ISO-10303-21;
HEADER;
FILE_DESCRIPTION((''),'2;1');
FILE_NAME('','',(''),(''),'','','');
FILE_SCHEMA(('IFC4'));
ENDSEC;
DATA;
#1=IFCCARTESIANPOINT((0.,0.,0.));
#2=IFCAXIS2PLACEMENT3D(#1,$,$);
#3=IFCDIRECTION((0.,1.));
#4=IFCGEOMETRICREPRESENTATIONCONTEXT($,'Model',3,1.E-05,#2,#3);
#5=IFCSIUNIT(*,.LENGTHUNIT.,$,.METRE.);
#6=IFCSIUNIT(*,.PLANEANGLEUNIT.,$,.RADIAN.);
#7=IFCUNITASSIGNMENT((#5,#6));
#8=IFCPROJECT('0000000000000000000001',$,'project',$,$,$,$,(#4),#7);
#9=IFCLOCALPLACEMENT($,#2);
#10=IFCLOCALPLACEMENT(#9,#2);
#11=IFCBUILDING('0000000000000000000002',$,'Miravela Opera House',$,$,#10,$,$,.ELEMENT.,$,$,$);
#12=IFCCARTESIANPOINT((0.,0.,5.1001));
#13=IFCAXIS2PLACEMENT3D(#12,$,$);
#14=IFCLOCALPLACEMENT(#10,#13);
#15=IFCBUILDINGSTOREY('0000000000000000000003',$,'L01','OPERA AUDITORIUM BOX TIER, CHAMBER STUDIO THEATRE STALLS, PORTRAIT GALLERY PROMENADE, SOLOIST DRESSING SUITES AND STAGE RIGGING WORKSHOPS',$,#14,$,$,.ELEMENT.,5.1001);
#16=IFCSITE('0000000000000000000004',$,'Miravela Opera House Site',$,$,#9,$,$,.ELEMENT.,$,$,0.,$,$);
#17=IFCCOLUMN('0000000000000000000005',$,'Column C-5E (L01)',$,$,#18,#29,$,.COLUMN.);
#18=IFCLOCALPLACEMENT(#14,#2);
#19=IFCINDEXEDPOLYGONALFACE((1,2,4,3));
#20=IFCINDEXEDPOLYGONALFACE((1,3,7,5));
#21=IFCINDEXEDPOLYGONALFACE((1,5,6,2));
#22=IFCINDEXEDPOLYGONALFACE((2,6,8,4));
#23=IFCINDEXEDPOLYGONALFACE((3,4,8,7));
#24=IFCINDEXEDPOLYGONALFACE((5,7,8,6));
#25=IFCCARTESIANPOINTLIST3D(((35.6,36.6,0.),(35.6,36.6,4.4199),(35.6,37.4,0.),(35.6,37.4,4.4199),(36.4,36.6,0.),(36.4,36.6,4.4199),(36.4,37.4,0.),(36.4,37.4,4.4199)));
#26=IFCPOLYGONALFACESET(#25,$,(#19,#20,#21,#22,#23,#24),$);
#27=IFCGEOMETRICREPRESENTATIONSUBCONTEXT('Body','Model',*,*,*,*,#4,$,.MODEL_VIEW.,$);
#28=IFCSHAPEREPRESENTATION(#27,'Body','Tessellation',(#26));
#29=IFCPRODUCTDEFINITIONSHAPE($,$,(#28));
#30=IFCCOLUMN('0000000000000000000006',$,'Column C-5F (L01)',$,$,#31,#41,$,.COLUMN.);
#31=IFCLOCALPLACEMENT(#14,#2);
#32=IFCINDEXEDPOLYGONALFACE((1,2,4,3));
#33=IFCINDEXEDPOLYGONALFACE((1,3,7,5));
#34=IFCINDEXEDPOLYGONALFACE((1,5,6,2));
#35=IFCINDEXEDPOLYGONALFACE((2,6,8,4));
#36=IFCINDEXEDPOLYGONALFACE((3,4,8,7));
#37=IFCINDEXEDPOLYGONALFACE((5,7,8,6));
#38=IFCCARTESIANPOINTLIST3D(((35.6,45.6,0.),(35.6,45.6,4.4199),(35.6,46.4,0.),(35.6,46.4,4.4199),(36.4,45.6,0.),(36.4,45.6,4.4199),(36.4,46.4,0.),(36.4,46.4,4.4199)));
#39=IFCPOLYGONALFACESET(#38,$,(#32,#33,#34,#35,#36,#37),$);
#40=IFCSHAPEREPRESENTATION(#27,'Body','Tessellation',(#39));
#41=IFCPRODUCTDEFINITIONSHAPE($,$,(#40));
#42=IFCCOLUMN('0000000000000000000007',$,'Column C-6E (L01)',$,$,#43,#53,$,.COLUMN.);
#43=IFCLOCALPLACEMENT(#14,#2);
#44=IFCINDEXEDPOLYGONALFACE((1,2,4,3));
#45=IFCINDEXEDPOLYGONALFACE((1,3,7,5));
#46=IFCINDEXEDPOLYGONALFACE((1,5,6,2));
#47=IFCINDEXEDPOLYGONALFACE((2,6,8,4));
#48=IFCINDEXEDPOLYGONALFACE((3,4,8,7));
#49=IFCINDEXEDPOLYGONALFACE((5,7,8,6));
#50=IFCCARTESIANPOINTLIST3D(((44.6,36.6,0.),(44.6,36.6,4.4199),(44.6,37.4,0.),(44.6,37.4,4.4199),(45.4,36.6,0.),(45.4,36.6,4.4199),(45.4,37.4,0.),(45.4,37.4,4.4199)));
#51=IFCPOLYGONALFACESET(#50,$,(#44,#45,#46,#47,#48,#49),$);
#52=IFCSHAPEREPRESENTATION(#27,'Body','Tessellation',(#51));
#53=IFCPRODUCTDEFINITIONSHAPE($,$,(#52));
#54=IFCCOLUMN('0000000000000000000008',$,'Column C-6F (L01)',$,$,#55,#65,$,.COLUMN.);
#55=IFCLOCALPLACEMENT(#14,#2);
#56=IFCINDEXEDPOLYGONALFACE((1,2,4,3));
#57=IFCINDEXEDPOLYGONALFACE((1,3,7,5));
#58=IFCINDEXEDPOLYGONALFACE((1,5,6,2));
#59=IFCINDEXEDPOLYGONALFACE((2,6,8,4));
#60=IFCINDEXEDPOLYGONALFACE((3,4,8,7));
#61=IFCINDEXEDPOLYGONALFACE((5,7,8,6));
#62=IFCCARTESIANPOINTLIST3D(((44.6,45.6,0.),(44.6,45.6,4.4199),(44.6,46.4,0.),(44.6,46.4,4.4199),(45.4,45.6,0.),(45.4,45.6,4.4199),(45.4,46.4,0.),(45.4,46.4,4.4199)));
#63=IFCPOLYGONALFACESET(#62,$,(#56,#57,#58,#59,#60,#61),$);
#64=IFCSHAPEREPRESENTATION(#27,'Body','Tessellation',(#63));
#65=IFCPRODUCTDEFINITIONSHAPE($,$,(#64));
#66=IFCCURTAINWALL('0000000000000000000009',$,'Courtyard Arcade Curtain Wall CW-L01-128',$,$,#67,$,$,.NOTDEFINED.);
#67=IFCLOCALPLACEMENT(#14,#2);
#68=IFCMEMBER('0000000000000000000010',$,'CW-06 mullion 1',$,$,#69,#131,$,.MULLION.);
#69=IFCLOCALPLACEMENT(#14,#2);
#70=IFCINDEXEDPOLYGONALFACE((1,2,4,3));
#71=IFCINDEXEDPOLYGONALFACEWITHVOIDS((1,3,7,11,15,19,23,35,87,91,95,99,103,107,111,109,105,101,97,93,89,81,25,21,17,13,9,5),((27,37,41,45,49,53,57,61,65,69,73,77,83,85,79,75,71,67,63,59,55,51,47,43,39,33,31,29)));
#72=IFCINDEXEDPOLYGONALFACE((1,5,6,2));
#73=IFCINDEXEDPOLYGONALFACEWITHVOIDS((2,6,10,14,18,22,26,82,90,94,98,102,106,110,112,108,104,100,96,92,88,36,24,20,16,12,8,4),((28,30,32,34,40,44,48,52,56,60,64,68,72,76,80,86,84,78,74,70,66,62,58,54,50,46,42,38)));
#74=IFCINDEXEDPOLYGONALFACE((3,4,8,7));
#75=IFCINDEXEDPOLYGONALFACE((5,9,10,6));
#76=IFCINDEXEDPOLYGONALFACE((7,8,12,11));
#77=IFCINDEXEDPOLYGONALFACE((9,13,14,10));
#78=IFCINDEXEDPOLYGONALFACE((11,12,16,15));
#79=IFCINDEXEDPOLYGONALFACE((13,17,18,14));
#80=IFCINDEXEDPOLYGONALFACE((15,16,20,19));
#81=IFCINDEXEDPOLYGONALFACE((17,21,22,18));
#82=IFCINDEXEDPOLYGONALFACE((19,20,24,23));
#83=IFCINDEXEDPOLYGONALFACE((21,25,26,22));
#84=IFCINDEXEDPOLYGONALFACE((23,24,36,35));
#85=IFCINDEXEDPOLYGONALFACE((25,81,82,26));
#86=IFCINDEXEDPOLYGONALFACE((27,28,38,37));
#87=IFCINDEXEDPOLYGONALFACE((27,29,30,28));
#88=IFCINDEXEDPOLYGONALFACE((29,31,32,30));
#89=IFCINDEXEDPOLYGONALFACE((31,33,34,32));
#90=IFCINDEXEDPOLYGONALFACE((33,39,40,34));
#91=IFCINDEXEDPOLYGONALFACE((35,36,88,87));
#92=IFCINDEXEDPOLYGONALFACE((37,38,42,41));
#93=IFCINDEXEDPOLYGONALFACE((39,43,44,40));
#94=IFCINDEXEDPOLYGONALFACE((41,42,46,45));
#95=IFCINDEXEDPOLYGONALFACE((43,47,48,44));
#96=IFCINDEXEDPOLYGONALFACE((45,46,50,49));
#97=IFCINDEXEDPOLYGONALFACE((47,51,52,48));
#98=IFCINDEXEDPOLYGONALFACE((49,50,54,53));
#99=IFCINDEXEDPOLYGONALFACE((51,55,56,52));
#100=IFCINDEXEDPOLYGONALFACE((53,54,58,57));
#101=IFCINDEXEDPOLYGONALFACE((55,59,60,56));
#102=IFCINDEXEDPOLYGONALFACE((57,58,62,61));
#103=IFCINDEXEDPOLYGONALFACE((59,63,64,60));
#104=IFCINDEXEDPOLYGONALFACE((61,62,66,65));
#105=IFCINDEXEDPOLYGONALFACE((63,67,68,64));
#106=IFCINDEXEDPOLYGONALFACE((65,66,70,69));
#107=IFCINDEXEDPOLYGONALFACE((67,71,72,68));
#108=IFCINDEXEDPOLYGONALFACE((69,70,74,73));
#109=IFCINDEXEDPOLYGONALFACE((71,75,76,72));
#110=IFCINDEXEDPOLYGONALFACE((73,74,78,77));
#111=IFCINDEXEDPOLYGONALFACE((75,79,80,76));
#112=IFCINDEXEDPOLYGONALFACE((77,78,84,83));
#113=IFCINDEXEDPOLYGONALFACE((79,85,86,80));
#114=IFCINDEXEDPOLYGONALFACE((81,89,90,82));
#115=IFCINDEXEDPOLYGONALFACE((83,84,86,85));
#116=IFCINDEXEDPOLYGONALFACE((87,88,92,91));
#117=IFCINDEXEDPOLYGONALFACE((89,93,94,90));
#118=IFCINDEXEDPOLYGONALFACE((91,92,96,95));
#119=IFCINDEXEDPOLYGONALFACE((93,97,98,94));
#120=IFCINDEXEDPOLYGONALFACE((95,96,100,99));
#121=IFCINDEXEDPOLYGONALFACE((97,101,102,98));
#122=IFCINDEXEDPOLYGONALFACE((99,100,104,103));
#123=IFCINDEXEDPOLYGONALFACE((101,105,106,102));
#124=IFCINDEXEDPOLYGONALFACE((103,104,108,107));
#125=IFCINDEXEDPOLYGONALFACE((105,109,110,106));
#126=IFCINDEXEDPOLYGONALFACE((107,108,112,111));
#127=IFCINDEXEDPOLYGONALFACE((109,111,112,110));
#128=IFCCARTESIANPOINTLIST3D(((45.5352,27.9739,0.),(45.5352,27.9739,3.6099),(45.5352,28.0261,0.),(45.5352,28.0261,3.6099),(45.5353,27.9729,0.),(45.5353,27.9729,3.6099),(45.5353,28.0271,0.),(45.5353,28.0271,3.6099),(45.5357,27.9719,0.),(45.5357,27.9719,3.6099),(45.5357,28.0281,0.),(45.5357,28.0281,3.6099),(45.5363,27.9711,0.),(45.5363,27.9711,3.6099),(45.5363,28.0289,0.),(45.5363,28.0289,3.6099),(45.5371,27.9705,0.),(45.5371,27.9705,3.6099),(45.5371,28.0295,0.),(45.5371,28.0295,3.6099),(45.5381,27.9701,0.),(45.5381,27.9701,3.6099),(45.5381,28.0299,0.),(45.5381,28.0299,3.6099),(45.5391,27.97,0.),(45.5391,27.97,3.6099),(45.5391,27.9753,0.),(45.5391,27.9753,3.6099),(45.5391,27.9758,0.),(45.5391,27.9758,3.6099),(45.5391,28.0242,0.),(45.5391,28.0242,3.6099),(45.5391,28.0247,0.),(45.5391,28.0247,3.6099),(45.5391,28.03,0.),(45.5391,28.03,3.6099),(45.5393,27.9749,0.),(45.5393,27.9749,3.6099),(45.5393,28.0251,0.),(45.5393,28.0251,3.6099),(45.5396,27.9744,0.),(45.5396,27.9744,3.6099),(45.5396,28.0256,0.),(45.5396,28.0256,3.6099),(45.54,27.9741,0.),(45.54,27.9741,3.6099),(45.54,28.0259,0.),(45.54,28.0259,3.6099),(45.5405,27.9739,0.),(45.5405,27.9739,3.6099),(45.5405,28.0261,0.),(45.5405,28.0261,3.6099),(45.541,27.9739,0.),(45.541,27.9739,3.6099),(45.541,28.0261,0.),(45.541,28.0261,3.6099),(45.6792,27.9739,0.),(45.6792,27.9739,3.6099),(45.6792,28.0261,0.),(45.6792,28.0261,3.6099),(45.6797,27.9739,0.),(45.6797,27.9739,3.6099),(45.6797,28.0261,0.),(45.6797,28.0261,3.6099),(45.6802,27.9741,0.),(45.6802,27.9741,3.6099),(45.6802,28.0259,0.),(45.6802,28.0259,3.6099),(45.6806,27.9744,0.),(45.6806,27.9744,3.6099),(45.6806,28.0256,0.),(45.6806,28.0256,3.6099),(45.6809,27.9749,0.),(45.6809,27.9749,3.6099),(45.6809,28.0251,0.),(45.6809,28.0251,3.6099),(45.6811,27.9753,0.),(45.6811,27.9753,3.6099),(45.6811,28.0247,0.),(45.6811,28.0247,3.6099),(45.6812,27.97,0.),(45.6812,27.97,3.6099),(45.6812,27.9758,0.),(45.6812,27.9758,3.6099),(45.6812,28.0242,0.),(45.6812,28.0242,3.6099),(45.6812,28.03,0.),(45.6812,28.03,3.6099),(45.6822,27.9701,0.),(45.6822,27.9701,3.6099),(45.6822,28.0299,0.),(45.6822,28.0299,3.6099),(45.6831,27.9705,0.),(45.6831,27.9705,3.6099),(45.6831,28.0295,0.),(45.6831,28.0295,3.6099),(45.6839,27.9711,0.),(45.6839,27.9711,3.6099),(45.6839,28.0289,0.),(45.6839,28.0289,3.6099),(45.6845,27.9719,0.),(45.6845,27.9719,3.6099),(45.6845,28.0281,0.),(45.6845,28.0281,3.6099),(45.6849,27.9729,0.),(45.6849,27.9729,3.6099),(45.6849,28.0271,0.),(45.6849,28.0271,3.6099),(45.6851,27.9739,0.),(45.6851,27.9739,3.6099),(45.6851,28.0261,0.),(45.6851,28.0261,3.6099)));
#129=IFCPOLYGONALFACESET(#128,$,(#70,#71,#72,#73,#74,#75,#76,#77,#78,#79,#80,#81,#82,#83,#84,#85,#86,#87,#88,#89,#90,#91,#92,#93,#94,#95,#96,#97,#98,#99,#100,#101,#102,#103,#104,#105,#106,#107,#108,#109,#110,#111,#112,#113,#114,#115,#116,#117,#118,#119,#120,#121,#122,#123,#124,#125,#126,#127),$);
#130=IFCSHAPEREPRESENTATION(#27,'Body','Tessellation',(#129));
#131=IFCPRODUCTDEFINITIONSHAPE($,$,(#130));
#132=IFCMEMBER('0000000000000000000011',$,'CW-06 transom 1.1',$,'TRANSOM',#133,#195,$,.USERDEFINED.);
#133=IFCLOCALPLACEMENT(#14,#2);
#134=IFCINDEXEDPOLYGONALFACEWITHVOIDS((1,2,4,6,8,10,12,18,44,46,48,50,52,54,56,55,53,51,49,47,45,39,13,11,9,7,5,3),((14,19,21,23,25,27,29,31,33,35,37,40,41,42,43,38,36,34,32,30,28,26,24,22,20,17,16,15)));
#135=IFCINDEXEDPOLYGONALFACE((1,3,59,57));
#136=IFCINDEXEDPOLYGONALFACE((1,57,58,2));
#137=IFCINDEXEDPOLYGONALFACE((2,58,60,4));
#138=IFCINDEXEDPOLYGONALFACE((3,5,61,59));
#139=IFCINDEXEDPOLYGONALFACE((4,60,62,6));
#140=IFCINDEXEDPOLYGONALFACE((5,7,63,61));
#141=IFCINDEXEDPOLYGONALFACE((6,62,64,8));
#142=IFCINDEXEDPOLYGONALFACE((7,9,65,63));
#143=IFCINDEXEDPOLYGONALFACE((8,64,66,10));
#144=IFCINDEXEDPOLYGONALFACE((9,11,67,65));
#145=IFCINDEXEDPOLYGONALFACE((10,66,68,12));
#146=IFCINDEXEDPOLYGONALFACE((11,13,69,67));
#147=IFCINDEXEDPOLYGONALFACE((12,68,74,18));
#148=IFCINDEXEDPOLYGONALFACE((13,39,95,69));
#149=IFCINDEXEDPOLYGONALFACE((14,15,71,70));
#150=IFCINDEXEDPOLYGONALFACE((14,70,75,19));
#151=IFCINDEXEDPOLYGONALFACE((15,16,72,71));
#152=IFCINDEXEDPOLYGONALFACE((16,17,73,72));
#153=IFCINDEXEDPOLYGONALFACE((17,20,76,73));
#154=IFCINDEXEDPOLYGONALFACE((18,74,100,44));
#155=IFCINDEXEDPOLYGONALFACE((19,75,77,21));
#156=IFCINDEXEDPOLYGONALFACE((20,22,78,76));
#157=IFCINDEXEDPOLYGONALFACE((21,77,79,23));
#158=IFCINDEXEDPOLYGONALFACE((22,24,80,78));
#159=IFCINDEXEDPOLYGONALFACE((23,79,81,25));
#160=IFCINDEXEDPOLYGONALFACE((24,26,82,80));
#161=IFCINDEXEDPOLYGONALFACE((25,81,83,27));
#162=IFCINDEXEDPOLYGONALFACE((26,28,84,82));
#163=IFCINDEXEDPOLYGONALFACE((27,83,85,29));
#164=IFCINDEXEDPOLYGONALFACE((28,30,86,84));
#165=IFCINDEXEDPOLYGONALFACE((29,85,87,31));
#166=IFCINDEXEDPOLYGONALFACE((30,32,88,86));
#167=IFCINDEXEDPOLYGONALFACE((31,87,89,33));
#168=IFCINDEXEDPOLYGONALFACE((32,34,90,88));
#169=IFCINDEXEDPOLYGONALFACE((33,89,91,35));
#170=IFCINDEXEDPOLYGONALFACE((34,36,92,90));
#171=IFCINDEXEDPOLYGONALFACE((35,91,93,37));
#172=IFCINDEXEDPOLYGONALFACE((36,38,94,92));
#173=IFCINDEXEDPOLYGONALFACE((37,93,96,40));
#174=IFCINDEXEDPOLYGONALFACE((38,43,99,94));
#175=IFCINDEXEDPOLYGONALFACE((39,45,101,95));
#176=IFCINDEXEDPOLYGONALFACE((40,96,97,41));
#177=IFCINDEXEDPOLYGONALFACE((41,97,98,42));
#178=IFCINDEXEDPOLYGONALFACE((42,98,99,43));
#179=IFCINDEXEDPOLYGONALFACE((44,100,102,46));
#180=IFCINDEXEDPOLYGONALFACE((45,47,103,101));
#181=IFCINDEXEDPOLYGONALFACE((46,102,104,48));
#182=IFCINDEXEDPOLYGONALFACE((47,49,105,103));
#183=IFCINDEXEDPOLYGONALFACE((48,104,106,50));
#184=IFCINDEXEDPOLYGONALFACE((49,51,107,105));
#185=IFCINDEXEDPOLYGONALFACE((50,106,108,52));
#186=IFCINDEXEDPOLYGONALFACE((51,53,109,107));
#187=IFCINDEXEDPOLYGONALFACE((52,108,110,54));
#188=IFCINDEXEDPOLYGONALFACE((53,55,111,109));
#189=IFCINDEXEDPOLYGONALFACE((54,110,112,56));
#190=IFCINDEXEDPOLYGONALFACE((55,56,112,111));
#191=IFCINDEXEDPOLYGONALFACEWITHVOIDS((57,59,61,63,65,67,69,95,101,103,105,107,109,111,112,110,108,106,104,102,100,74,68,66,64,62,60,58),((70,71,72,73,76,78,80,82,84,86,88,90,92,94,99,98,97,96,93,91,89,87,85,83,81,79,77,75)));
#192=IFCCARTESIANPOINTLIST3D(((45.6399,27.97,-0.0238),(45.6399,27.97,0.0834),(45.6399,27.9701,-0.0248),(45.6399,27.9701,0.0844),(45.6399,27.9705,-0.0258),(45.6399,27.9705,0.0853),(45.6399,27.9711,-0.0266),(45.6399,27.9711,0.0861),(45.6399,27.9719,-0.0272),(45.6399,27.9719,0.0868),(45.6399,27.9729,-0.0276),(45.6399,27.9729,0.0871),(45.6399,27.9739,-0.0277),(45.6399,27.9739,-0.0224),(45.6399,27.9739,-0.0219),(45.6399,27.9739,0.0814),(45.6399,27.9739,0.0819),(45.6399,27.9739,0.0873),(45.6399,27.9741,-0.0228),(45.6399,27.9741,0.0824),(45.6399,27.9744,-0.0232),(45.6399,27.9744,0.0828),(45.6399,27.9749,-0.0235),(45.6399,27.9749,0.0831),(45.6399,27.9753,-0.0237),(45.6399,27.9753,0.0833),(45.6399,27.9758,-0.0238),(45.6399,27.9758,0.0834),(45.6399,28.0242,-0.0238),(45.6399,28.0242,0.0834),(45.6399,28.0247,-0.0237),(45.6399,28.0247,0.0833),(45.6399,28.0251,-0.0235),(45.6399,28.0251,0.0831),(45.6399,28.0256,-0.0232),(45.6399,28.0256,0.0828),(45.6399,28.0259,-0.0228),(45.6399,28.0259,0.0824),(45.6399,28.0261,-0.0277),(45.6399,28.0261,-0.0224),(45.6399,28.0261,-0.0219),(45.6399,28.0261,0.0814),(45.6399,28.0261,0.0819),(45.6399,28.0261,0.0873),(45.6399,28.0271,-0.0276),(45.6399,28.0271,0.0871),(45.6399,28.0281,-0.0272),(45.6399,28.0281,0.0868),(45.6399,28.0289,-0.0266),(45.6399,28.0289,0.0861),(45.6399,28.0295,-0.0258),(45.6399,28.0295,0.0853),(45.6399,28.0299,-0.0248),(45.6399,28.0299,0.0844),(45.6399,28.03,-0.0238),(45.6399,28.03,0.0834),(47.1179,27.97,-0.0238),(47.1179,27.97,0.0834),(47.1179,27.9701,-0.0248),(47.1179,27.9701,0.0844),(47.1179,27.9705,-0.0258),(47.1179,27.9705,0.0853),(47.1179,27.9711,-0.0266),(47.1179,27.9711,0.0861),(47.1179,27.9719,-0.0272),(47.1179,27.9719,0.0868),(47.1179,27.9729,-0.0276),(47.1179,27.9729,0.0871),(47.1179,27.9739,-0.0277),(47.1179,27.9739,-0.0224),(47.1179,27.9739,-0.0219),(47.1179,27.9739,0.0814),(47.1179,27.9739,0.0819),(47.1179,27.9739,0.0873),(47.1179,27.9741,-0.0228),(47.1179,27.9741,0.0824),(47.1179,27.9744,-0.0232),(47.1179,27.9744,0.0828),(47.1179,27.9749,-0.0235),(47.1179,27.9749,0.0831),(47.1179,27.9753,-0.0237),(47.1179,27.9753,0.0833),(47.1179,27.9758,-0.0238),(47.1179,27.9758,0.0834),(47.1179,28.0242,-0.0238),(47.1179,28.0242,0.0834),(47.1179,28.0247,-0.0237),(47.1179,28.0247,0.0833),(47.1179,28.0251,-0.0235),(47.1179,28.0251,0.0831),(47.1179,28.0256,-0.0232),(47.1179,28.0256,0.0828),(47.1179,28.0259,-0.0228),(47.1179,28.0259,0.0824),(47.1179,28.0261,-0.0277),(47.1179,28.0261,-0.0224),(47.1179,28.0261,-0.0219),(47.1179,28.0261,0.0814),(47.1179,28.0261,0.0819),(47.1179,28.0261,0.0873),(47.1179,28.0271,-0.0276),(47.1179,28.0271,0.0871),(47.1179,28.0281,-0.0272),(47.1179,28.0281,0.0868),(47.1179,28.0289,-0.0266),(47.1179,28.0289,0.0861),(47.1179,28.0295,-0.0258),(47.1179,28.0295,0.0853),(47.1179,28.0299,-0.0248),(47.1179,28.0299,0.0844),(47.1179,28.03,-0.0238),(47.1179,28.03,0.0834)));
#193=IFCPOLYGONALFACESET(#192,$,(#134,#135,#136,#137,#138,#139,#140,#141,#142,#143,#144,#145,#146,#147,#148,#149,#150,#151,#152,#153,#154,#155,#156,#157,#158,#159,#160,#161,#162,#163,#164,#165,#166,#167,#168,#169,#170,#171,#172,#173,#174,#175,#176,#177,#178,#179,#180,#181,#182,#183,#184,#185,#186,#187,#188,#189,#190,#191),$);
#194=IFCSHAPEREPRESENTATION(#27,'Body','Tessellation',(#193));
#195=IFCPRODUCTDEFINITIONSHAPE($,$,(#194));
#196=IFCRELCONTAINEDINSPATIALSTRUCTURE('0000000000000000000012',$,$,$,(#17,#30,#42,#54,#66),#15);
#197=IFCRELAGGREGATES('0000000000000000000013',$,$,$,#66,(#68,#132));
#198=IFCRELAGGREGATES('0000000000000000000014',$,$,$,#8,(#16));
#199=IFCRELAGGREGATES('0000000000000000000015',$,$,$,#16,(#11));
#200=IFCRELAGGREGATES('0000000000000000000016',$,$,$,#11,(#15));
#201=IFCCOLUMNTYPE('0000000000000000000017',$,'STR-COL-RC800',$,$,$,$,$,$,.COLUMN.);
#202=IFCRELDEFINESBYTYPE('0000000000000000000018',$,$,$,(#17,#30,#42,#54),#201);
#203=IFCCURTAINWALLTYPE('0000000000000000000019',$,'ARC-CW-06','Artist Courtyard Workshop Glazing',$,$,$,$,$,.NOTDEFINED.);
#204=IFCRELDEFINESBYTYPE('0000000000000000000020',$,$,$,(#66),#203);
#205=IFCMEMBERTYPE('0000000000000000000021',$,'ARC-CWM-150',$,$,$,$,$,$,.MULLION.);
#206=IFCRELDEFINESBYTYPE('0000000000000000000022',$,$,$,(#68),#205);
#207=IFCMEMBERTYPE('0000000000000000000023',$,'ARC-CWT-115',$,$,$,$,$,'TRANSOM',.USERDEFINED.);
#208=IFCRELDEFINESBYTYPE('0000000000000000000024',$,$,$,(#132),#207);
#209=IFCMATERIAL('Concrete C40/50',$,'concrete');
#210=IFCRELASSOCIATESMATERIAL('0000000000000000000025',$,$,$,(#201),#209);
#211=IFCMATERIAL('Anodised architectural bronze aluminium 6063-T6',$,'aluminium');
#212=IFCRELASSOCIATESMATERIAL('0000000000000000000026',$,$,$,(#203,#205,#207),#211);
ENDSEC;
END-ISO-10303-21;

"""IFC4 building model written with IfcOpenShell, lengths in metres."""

from ifc_helpers import new_model, si_unit, direction, frame, origin, origin_2d, place, context, subcontext, project, spatial, rectangle, hollow_rectangle, extrude, material, material_profile, profile_set, type_object, element, aggregate, save


model = new_model("IFC4")

# Units and contexts
model_context = context("Model", 3, precision=1e-05, world=origin(), true_north=direction((0.0, 1.0)))
body_context = subcontext(model_context, "Body", "Model", "MODEL_VIEW")
ifc_project = project(units=[si_unit("LENGTHUNIT", "METRE"), si_unit("PLANEANGLEUNIT", "RADIAN")], contexts=[model_context])

# Site, building, storey
site_placement = place(None, origin())
site = spatial("IfcSite", under=ifc_project, at=site_placement, Name="Miravela Opera House Site", CompositionType="ELEMENT", RefElevation=0.0)
building_placement = place(site_placement, origin())
building = spatial("IfcBuilding", under=site, at=building_placement, Name="Miravela Opera House", CompositionType="ELEMENT")
storey_placement = place(building_placement, frame((0.0, 0.0, 5.1001)))
storey = spatial("IfcBuildingStorey", under=building, at=storey_placement, Name="L01", Description="OPERA AUDITORIUM BOX TIER, CHAMBER STUDIO THEATRE STALLS, PORTRAIT GALLERY PROMENADE, SOLOIST DRESSING SUITES AND STAGE RIGGING WORKSHOPS", CompositionType="ELEMENT", Elevation=5.1001)

# Columns
ifc_material_1 = material(Name="Concrete C40/50", Category="concrete")
ifc_material_profile_1 = material_profile(ifc_material_1, rectangle(XDim=0.8, YDim=0.8, at=origin_2d()), Name="RC-COL-800X800")
ifc_profile_set_1 = profile_set([ifc_material_profile_1])
column_type = type_object("IfcColumnType", Name="STR-COL-RC800", PredefinedType="COLUMN", material=ifc_profile_set_1)
for number, where, z_axis, x_axis, name in (
    (1, (36.0, 37.0, 0.0), (0.0, 0.0, 1.0), (1.0, 0.0, 0.0), "Column C-5E (L01)"),
    (2, (36.0, 46.0, 0.0), (0.0, 0.0, 1.0), (1.0, 0.0, 0.0), "Column C-5F (L01)"),
    (3, (45.0, 37.0, 0.0), (0.0, 0.0, 1.0), (1.0, 0.0, 0.0), "Column C-6E (L01)"),
    (4, (45.0, 46.0, 0.0), (0.0, 0.0, 1.0), (1.0, 0.0, 0.0), "Column C-6F (L01)"),
):
    element("IfcColumn", number, at=place(storey_placement, frame(where, z_axis=z_axis, x_axis=x_axis)), inside=storey, type_object=column_type, Name=name, PredefinedType="COLUMN", context=body_context, shape_type="SweptSolid", body=[
        extrude(rectangle(XDim=0.8, YDim=0.8, at=origin_2d()), origin(), (0.0, 0.0, 1.0), 4.4199),
    ])

# Curtain wall, members
ifc_material_2 = material(Name="Anodised architectural bronze aluminium 6063-T6", Category="aluminium")
curtain_wall_type = type_object("IfcCurtainWallType", Name="ARC-CW-06", Description="Artist Courtyard Workshop Glazing", PredefinedType="NOTDEFINED", material=ifc_material_2)
curtain_wall_placement = place(storey_placement, origin())
curtain_wall = element("IfcCurtainWall", 5, at=curtain_wall_placement, inside=storey, type_object=curtain_wall_type, Name="Courtyard Arcade Curtain Wall CW-L01-128", PredefinedType="NOTDEFINED")
ifc_material_profile_2 = material_profile(ifc_material_2, hollow_rectangle(XDim=0.0601, YDim=0.1499, WallThickness=0.0039, InnerFilletRadius=0.002, OuterFilletRadius=0.0039, at=origin_2d()), Name="CWM-60X150")
ifc_profile_set_2 = profile_set([ifc_material_profile_2])
member_type_1 = type_object("IfcMemberType", Name="ARC-CWM-150", PredefinedType="MULLION", material=ifc_profile_set_2)
member_1_placement = place(storey_placement, frame((45.6101, 28.0, 0.0), z_axis=(0.0, 0.0, 1.0), x_axis=(0.0, 1.0, 0.0)))
member_1 = element("IfcMember", 6, at=member_1_placement, type_object=member_type_1, Name="CW-06 mullion 1", PredefinedType="MULLION", context=body_context, shape_type="SweptSolid", body=[
    extrude(hollow_rectangle(XDim=0.0601, YDim=0.1499, WallThickness=0.0039, InnerFilletRadius=0.002, OuterFilletRadius=0.0039, at=origin_2d()), origin(), (0.0, 0.0, 1.0), 3.6099),
])
ifc_material_profile_3 = material_profile(ifc_material_2, hollow_rectangle(XDim=0.0601, YDim=0.115, WallThickness=0.0039, InnerFilletRadius=0.002, OuterFilletRadius=0.0039, at=origin_2d()), Name="CWT-60X115")
ifc_profile_set_3 = profile_set([ifc_material_profile_3])
member_type_2 = type_object("IfcMemberType", Name="ARC-CWT-115", ElementType="TRANSOM", PredefinedType="USERDEFINED", material=ifc_profile_set_3)
member_2_placement = place(storey_placement, frame((45.6399, 28.0, 0.0298), z_axis=(1.0, 0.0, 0.0), x_axis=(0.0, 1.0, 0.0)))
member_2 = element("IfcMember", 7, at=member_2_placement, type_object=member_type_2, Name="CW-06 transom 1.1", ObjectType="TRANSOM", PredefinedType="USERDEFINED", context=body_context, shape_type="SweptSolid", body=[
    extrude(hollow_rectangle(XDim=0.0601, YDim=0.115, WallThickness=0.0039, InnerFilletRadius=0.002, OuterFilletRadius=0.0039, at=origin_2d()), origin(), (0.0, 0.0, 1.0), 1.478),
])
aggregate(curtain_wall, [member_1, member_2])

save(model, "model.ifc")
